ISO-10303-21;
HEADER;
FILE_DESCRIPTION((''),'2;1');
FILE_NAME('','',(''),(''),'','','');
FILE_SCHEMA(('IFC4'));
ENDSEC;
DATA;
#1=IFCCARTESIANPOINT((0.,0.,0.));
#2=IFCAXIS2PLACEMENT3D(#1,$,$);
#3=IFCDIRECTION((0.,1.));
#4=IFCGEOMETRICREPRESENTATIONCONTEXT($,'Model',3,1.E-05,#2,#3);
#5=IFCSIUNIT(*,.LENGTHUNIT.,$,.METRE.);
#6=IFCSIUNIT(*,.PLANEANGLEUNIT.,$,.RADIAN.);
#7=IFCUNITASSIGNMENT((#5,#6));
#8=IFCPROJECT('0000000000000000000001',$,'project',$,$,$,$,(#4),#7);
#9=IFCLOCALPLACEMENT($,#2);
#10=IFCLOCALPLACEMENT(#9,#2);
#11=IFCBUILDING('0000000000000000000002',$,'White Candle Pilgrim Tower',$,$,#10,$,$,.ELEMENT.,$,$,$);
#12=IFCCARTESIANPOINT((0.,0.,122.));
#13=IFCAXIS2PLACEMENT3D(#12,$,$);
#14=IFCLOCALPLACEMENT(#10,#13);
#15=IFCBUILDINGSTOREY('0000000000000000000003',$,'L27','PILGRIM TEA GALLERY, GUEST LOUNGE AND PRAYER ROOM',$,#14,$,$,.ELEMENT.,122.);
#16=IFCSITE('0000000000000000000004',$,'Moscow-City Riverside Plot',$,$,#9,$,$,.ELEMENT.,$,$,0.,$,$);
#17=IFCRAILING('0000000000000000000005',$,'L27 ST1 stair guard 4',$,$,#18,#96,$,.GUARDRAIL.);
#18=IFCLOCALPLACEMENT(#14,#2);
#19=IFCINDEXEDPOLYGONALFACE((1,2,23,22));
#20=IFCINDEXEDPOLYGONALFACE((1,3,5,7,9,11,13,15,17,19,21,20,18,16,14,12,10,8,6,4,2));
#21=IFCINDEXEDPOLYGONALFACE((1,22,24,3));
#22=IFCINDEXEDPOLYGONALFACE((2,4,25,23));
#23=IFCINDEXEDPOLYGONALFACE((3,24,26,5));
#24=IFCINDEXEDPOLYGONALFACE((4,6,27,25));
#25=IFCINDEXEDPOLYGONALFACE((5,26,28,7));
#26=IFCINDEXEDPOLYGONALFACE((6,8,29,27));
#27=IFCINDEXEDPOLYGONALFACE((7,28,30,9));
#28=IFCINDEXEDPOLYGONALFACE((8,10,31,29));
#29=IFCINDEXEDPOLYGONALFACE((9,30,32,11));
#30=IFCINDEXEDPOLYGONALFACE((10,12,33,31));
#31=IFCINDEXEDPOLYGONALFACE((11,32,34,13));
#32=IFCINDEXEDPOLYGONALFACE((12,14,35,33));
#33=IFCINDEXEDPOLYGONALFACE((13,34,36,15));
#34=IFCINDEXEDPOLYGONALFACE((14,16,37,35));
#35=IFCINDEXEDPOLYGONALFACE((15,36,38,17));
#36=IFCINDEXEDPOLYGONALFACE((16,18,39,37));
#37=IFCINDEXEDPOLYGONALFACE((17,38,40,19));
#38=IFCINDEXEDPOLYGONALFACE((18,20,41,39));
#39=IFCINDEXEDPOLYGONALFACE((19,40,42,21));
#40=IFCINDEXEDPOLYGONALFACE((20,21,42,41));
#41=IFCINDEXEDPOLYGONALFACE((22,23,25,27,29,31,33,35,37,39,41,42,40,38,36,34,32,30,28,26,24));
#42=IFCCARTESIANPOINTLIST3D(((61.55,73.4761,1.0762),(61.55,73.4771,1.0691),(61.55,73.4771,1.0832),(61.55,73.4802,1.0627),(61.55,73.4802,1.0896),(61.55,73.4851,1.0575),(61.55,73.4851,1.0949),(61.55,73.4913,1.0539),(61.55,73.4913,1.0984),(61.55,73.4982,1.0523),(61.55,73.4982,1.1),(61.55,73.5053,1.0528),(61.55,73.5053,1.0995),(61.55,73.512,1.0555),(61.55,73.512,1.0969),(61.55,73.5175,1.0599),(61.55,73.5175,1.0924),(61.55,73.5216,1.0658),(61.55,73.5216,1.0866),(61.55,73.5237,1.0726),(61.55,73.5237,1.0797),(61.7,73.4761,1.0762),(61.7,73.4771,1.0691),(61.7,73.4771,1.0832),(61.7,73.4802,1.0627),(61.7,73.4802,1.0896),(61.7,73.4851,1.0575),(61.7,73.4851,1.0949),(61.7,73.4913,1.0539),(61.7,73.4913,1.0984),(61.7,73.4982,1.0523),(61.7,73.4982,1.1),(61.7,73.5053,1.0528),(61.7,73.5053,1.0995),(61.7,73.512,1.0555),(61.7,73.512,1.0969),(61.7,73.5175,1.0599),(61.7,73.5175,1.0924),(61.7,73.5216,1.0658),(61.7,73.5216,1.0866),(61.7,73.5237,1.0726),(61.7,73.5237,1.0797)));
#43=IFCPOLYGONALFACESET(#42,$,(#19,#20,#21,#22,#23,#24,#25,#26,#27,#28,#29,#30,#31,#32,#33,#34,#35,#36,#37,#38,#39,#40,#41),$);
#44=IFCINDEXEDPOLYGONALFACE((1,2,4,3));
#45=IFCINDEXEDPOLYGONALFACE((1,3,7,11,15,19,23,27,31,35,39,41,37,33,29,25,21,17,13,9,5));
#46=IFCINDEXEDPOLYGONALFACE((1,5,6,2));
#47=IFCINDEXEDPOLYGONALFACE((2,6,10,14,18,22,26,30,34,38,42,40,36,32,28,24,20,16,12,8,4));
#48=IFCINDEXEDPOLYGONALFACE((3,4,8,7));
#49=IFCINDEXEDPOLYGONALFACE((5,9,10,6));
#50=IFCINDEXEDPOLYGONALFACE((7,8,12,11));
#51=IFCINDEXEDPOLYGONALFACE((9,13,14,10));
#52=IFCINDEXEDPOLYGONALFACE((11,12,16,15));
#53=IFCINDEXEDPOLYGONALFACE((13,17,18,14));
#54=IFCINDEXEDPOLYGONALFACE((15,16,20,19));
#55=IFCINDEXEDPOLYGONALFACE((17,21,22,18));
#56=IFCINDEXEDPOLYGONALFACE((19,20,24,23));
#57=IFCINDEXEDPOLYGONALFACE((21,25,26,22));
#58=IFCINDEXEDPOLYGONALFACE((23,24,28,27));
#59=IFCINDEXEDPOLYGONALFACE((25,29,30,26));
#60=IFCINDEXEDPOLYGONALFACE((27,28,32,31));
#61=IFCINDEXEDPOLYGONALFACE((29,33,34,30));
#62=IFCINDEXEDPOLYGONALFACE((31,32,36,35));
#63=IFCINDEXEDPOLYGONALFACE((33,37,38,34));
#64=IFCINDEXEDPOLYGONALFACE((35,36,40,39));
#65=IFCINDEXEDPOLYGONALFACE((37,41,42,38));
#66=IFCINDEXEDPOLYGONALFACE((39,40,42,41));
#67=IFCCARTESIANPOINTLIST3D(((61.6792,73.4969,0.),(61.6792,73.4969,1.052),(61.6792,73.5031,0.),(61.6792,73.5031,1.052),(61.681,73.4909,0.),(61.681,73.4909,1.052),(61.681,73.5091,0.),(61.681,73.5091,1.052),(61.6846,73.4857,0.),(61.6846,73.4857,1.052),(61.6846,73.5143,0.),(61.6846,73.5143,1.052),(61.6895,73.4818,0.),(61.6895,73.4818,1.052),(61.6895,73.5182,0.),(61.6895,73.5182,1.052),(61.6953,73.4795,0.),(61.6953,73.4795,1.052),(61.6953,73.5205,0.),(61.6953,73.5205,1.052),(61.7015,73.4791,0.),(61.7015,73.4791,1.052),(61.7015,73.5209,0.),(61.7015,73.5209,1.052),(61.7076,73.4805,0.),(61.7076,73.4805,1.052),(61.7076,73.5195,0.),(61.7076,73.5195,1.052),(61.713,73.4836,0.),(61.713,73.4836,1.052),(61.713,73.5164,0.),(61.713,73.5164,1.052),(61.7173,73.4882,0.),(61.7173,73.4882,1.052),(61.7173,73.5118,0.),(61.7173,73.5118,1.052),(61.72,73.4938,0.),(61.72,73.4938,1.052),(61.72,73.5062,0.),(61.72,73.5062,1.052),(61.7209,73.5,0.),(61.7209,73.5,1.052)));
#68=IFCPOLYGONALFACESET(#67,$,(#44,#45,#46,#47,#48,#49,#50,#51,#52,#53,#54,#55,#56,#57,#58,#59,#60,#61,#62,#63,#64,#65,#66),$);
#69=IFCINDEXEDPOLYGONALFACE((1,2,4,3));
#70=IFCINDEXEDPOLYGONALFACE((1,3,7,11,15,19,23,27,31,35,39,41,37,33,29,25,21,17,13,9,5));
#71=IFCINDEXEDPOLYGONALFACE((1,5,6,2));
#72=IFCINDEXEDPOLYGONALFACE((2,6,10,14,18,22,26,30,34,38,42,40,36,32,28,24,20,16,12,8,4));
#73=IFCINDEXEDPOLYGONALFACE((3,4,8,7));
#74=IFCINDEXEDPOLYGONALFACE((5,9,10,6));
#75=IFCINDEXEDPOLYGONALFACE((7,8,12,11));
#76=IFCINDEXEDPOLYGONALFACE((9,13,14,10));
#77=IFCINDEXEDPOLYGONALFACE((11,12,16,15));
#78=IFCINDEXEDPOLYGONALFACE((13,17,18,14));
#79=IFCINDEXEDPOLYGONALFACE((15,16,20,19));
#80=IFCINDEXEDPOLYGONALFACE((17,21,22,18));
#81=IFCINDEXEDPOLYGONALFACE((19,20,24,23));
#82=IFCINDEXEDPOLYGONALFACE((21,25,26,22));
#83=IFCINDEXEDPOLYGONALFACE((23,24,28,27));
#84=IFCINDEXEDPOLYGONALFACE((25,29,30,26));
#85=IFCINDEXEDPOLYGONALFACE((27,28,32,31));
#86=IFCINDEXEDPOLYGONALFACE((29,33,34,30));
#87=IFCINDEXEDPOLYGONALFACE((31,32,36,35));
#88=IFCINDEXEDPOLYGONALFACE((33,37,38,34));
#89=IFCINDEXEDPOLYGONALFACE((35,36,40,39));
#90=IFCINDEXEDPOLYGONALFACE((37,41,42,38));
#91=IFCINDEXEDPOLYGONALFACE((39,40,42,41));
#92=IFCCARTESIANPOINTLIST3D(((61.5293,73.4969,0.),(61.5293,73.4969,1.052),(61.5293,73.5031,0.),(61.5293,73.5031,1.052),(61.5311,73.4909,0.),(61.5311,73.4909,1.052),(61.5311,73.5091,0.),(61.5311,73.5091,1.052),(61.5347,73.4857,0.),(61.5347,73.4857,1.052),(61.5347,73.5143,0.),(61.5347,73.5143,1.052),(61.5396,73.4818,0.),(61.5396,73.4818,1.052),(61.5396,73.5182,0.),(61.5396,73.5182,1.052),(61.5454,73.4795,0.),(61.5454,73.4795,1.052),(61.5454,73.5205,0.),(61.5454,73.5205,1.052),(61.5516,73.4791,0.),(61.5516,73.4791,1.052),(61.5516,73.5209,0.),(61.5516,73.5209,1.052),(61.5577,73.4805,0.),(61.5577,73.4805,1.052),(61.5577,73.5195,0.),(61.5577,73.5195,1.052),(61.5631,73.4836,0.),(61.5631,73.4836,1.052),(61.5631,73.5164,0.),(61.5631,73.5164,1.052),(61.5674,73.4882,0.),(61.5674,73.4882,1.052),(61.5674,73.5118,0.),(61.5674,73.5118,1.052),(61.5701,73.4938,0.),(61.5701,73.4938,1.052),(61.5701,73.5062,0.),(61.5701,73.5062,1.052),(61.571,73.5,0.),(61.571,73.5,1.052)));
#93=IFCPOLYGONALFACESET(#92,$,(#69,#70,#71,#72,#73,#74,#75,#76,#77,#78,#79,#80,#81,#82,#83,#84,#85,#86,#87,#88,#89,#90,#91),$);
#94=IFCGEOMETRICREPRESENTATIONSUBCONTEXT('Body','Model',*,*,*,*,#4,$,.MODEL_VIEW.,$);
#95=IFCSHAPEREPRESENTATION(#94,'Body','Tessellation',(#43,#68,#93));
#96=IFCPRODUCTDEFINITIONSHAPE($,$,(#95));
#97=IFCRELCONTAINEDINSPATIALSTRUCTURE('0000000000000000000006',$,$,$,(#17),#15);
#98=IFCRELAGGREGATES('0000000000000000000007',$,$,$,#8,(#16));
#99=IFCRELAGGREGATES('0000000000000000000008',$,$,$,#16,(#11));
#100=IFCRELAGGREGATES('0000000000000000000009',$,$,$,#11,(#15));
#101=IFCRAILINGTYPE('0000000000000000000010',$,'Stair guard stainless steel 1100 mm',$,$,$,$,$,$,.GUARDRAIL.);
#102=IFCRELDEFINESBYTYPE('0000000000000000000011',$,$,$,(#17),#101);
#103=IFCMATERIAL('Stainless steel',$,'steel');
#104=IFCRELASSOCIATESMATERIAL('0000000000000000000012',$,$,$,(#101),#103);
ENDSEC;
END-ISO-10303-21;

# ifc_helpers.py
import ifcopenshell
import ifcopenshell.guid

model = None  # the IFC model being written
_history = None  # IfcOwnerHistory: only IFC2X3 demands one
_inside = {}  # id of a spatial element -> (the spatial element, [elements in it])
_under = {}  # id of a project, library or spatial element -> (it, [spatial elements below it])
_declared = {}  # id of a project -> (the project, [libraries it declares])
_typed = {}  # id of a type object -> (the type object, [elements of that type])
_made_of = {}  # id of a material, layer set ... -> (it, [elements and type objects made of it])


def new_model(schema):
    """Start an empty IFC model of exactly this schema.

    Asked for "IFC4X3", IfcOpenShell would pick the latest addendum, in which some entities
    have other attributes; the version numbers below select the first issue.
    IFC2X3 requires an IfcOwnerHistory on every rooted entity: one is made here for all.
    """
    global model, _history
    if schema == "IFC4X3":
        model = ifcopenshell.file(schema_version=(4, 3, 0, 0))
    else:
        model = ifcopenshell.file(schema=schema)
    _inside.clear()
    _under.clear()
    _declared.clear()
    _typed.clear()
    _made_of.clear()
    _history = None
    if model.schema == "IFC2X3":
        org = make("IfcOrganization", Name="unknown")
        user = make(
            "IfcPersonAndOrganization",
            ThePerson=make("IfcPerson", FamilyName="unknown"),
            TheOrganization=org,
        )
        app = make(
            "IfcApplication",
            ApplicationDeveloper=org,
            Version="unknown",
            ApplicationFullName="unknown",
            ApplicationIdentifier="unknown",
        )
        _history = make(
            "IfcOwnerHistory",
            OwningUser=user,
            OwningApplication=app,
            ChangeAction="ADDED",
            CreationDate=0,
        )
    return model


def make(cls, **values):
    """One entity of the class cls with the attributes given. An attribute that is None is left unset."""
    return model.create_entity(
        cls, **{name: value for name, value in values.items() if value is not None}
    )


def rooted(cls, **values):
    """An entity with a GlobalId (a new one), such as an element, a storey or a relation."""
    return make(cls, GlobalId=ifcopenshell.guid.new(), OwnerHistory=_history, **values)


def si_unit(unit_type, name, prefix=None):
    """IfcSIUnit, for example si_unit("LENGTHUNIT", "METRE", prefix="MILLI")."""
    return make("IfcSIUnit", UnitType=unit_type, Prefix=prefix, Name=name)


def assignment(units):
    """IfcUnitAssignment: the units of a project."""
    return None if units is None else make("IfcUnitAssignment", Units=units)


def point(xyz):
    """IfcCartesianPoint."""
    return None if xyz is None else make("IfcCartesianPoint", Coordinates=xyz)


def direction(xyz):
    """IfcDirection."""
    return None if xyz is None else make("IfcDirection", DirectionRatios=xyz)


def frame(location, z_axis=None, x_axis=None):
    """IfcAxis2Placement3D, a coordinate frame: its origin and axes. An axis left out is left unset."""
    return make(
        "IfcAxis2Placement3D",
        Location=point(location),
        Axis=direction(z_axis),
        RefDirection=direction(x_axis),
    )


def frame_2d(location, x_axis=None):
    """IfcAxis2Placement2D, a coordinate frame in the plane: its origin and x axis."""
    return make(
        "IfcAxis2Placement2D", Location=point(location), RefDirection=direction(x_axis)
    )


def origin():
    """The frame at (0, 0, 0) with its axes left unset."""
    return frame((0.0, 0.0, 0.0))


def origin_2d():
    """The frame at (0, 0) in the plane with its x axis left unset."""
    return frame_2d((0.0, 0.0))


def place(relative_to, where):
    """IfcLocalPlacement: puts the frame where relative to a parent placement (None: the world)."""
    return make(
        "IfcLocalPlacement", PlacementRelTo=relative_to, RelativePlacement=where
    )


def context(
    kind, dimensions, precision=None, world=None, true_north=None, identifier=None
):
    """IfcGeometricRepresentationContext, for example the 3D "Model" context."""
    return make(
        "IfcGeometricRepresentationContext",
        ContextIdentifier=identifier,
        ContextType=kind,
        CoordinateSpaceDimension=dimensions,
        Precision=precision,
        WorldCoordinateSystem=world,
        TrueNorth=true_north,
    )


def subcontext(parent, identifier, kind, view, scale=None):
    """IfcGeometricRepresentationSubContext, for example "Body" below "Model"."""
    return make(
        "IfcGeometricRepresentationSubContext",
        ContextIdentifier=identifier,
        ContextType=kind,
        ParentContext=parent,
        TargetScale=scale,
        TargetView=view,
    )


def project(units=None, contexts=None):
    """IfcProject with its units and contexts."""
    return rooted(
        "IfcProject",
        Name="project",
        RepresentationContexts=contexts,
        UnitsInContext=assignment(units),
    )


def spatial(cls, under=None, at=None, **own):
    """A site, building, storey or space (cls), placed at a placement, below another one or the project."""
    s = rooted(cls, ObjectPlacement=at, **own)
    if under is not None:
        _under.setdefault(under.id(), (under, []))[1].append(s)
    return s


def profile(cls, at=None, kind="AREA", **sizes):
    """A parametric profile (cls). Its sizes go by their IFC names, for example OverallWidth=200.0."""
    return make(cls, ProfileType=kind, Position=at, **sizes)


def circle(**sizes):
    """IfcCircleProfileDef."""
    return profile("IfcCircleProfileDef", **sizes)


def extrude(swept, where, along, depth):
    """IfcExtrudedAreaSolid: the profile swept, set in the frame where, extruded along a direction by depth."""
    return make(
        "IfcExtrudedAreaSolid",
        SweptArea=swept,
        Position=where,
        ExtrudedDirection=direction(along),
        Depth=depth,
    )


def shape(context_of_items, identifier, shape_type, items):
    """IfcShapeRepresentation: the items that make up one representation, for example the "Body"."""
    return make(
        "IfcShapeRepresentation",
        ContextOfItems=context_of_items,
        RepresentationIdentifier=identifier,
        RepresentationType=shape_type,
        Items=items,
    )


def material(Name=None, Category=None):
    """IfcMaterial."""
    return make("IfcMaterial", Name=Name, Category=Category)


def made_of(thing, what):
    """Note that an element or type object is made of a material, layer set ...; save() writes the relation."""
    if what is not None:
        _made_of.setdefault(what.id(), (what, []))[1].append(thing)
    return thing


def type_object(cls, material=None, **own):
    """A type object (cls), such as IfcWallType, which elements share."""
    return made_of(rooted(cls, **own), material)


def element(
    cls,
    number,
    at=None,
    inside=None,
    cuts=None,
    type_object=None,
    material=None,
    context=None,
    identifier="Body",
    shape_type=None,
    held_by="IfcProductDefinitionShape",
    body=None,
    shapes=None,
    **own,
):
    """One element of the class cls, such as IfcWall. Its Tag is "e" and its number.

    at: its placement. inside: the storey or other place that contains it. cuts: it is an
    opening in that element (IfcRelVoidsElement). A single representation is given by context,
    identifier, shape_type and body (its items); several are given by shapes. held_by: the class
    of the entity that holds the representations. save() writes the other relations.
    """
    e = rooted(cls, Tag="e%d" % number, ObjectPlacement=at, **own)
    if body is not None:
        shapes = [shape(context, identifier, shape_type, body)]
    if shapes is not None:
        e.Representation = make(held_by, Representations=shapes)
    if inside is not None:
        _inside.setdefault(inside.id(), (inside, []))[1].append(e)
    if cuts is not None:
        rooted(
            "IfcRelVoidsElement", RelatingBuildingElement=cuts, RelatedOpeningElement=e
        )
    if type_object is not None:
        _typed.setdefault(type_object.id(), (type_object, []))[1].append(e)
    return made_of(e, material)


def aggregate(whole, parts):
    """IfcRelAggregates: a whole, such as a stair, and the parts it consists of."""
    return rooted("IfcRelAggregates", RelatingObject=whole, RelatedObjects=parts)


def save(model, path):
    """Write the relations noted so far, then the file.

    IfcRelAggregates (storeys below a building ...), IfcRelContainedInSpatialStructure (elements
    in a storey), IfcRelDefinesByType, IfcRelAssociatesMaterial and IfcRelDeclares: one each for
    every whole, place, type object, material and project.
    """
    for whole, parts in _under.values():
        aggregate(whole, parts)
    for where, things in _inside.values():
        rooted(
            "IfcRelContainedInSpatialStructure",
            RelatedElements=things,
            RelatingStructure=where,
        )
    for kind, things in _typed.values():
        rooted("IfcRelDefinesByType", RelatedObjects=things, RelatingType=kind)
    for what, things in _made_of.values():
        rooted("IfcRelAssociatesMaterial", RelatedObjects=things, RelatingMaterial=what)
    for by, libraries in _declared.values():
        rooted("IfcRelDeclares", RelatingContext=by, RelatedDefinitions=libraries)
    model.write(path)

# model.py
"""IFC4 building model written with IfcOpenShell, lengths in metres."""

from ifc_helpers import new_model, si_unit, direction, frame, origin, origin_2d, place, context, subcontext, project, spatial, circle, extrude, material, type_object, element, save


model = new_model("IFC4")

# Units and contexts
model_context = context("Model", 3, precision=1e-05, world=origin(), true_north=direction((0.0, 1.0)))
body_context = subcontext(model_context, "Body", "Model", "MODEL_VIEW")
ifc_project = project(units=[si_unit("LENGTHUNIT", "METRE"), si_unit("PLANEANGLEUNIT", "RADIAN")], contexts=[model_context])

# Site, building, storey
site_placement = place(None, origin())
site = spatial("IfcSite", under=ifc_project, at=site_placement, Name="Moscow-City Riverside Plot", CompositionType="ELEMENT", RefElevation=0.0)
building_placement = place(site_placement, origin())
building = spatial("IfcBuilding", under=site, at=building_placement, Name="White Candle Pilgrim Tower", CompositionType="ELEMENT")
storey_placement = place(building_placement, frame((0.0, 0.0, 122.0)))
storey = spatial("IfcBuildingStorey", under=building, at=storey_placement, Name="L27", Description="PILGRIM TEA GALLERY, GUEST LOUNGE AND PRAYER ROOM", CompositionType="ELEMENT", Elevation=122.0)

# Shared definitions
ifc_material_1 = material(Name="Stainless steel", Category="steel")

# Railing
railing_type_1 = type_object("IfcRailingType", Name="Stair guard stainless steel 1100 mm", PredefinedType="GUARDRAIL", material=ifc_material_1)
railing_1_placement = place(storey_placement, frame((61.7, 73.5, 0.0)))
element("IfcRailing", 1, at=railing_1_placement, inside=storey, type_object=railing_type_1, Name="L27 ST1 stair guard 4", PredefinedType="GUARDRAIL", context=body_context, shape_type="SweptSolid", body=[
    extrude(circle(Radius=0.0239, at=origin_2d()), frame((0.0, 0.0, 1.0762), z_axis=(-1.0, 0.0, 0.0), x_axis=(0.0, -1.0, 0.0)), (0.0, 0.0, 1.0), 0.1499),
    extrude(circle(Radius=0.021, at=origin_2d()), origin(), (0.0, 0.0, 1.0), 1.052),
    extrude(circle(Radius=0.021, at=origin_2d()), frame((-0.1499, 0.0, 0.0)), (0.0, 0.0, 1.0), 1.052),
])

save(model, "model.ifc")
